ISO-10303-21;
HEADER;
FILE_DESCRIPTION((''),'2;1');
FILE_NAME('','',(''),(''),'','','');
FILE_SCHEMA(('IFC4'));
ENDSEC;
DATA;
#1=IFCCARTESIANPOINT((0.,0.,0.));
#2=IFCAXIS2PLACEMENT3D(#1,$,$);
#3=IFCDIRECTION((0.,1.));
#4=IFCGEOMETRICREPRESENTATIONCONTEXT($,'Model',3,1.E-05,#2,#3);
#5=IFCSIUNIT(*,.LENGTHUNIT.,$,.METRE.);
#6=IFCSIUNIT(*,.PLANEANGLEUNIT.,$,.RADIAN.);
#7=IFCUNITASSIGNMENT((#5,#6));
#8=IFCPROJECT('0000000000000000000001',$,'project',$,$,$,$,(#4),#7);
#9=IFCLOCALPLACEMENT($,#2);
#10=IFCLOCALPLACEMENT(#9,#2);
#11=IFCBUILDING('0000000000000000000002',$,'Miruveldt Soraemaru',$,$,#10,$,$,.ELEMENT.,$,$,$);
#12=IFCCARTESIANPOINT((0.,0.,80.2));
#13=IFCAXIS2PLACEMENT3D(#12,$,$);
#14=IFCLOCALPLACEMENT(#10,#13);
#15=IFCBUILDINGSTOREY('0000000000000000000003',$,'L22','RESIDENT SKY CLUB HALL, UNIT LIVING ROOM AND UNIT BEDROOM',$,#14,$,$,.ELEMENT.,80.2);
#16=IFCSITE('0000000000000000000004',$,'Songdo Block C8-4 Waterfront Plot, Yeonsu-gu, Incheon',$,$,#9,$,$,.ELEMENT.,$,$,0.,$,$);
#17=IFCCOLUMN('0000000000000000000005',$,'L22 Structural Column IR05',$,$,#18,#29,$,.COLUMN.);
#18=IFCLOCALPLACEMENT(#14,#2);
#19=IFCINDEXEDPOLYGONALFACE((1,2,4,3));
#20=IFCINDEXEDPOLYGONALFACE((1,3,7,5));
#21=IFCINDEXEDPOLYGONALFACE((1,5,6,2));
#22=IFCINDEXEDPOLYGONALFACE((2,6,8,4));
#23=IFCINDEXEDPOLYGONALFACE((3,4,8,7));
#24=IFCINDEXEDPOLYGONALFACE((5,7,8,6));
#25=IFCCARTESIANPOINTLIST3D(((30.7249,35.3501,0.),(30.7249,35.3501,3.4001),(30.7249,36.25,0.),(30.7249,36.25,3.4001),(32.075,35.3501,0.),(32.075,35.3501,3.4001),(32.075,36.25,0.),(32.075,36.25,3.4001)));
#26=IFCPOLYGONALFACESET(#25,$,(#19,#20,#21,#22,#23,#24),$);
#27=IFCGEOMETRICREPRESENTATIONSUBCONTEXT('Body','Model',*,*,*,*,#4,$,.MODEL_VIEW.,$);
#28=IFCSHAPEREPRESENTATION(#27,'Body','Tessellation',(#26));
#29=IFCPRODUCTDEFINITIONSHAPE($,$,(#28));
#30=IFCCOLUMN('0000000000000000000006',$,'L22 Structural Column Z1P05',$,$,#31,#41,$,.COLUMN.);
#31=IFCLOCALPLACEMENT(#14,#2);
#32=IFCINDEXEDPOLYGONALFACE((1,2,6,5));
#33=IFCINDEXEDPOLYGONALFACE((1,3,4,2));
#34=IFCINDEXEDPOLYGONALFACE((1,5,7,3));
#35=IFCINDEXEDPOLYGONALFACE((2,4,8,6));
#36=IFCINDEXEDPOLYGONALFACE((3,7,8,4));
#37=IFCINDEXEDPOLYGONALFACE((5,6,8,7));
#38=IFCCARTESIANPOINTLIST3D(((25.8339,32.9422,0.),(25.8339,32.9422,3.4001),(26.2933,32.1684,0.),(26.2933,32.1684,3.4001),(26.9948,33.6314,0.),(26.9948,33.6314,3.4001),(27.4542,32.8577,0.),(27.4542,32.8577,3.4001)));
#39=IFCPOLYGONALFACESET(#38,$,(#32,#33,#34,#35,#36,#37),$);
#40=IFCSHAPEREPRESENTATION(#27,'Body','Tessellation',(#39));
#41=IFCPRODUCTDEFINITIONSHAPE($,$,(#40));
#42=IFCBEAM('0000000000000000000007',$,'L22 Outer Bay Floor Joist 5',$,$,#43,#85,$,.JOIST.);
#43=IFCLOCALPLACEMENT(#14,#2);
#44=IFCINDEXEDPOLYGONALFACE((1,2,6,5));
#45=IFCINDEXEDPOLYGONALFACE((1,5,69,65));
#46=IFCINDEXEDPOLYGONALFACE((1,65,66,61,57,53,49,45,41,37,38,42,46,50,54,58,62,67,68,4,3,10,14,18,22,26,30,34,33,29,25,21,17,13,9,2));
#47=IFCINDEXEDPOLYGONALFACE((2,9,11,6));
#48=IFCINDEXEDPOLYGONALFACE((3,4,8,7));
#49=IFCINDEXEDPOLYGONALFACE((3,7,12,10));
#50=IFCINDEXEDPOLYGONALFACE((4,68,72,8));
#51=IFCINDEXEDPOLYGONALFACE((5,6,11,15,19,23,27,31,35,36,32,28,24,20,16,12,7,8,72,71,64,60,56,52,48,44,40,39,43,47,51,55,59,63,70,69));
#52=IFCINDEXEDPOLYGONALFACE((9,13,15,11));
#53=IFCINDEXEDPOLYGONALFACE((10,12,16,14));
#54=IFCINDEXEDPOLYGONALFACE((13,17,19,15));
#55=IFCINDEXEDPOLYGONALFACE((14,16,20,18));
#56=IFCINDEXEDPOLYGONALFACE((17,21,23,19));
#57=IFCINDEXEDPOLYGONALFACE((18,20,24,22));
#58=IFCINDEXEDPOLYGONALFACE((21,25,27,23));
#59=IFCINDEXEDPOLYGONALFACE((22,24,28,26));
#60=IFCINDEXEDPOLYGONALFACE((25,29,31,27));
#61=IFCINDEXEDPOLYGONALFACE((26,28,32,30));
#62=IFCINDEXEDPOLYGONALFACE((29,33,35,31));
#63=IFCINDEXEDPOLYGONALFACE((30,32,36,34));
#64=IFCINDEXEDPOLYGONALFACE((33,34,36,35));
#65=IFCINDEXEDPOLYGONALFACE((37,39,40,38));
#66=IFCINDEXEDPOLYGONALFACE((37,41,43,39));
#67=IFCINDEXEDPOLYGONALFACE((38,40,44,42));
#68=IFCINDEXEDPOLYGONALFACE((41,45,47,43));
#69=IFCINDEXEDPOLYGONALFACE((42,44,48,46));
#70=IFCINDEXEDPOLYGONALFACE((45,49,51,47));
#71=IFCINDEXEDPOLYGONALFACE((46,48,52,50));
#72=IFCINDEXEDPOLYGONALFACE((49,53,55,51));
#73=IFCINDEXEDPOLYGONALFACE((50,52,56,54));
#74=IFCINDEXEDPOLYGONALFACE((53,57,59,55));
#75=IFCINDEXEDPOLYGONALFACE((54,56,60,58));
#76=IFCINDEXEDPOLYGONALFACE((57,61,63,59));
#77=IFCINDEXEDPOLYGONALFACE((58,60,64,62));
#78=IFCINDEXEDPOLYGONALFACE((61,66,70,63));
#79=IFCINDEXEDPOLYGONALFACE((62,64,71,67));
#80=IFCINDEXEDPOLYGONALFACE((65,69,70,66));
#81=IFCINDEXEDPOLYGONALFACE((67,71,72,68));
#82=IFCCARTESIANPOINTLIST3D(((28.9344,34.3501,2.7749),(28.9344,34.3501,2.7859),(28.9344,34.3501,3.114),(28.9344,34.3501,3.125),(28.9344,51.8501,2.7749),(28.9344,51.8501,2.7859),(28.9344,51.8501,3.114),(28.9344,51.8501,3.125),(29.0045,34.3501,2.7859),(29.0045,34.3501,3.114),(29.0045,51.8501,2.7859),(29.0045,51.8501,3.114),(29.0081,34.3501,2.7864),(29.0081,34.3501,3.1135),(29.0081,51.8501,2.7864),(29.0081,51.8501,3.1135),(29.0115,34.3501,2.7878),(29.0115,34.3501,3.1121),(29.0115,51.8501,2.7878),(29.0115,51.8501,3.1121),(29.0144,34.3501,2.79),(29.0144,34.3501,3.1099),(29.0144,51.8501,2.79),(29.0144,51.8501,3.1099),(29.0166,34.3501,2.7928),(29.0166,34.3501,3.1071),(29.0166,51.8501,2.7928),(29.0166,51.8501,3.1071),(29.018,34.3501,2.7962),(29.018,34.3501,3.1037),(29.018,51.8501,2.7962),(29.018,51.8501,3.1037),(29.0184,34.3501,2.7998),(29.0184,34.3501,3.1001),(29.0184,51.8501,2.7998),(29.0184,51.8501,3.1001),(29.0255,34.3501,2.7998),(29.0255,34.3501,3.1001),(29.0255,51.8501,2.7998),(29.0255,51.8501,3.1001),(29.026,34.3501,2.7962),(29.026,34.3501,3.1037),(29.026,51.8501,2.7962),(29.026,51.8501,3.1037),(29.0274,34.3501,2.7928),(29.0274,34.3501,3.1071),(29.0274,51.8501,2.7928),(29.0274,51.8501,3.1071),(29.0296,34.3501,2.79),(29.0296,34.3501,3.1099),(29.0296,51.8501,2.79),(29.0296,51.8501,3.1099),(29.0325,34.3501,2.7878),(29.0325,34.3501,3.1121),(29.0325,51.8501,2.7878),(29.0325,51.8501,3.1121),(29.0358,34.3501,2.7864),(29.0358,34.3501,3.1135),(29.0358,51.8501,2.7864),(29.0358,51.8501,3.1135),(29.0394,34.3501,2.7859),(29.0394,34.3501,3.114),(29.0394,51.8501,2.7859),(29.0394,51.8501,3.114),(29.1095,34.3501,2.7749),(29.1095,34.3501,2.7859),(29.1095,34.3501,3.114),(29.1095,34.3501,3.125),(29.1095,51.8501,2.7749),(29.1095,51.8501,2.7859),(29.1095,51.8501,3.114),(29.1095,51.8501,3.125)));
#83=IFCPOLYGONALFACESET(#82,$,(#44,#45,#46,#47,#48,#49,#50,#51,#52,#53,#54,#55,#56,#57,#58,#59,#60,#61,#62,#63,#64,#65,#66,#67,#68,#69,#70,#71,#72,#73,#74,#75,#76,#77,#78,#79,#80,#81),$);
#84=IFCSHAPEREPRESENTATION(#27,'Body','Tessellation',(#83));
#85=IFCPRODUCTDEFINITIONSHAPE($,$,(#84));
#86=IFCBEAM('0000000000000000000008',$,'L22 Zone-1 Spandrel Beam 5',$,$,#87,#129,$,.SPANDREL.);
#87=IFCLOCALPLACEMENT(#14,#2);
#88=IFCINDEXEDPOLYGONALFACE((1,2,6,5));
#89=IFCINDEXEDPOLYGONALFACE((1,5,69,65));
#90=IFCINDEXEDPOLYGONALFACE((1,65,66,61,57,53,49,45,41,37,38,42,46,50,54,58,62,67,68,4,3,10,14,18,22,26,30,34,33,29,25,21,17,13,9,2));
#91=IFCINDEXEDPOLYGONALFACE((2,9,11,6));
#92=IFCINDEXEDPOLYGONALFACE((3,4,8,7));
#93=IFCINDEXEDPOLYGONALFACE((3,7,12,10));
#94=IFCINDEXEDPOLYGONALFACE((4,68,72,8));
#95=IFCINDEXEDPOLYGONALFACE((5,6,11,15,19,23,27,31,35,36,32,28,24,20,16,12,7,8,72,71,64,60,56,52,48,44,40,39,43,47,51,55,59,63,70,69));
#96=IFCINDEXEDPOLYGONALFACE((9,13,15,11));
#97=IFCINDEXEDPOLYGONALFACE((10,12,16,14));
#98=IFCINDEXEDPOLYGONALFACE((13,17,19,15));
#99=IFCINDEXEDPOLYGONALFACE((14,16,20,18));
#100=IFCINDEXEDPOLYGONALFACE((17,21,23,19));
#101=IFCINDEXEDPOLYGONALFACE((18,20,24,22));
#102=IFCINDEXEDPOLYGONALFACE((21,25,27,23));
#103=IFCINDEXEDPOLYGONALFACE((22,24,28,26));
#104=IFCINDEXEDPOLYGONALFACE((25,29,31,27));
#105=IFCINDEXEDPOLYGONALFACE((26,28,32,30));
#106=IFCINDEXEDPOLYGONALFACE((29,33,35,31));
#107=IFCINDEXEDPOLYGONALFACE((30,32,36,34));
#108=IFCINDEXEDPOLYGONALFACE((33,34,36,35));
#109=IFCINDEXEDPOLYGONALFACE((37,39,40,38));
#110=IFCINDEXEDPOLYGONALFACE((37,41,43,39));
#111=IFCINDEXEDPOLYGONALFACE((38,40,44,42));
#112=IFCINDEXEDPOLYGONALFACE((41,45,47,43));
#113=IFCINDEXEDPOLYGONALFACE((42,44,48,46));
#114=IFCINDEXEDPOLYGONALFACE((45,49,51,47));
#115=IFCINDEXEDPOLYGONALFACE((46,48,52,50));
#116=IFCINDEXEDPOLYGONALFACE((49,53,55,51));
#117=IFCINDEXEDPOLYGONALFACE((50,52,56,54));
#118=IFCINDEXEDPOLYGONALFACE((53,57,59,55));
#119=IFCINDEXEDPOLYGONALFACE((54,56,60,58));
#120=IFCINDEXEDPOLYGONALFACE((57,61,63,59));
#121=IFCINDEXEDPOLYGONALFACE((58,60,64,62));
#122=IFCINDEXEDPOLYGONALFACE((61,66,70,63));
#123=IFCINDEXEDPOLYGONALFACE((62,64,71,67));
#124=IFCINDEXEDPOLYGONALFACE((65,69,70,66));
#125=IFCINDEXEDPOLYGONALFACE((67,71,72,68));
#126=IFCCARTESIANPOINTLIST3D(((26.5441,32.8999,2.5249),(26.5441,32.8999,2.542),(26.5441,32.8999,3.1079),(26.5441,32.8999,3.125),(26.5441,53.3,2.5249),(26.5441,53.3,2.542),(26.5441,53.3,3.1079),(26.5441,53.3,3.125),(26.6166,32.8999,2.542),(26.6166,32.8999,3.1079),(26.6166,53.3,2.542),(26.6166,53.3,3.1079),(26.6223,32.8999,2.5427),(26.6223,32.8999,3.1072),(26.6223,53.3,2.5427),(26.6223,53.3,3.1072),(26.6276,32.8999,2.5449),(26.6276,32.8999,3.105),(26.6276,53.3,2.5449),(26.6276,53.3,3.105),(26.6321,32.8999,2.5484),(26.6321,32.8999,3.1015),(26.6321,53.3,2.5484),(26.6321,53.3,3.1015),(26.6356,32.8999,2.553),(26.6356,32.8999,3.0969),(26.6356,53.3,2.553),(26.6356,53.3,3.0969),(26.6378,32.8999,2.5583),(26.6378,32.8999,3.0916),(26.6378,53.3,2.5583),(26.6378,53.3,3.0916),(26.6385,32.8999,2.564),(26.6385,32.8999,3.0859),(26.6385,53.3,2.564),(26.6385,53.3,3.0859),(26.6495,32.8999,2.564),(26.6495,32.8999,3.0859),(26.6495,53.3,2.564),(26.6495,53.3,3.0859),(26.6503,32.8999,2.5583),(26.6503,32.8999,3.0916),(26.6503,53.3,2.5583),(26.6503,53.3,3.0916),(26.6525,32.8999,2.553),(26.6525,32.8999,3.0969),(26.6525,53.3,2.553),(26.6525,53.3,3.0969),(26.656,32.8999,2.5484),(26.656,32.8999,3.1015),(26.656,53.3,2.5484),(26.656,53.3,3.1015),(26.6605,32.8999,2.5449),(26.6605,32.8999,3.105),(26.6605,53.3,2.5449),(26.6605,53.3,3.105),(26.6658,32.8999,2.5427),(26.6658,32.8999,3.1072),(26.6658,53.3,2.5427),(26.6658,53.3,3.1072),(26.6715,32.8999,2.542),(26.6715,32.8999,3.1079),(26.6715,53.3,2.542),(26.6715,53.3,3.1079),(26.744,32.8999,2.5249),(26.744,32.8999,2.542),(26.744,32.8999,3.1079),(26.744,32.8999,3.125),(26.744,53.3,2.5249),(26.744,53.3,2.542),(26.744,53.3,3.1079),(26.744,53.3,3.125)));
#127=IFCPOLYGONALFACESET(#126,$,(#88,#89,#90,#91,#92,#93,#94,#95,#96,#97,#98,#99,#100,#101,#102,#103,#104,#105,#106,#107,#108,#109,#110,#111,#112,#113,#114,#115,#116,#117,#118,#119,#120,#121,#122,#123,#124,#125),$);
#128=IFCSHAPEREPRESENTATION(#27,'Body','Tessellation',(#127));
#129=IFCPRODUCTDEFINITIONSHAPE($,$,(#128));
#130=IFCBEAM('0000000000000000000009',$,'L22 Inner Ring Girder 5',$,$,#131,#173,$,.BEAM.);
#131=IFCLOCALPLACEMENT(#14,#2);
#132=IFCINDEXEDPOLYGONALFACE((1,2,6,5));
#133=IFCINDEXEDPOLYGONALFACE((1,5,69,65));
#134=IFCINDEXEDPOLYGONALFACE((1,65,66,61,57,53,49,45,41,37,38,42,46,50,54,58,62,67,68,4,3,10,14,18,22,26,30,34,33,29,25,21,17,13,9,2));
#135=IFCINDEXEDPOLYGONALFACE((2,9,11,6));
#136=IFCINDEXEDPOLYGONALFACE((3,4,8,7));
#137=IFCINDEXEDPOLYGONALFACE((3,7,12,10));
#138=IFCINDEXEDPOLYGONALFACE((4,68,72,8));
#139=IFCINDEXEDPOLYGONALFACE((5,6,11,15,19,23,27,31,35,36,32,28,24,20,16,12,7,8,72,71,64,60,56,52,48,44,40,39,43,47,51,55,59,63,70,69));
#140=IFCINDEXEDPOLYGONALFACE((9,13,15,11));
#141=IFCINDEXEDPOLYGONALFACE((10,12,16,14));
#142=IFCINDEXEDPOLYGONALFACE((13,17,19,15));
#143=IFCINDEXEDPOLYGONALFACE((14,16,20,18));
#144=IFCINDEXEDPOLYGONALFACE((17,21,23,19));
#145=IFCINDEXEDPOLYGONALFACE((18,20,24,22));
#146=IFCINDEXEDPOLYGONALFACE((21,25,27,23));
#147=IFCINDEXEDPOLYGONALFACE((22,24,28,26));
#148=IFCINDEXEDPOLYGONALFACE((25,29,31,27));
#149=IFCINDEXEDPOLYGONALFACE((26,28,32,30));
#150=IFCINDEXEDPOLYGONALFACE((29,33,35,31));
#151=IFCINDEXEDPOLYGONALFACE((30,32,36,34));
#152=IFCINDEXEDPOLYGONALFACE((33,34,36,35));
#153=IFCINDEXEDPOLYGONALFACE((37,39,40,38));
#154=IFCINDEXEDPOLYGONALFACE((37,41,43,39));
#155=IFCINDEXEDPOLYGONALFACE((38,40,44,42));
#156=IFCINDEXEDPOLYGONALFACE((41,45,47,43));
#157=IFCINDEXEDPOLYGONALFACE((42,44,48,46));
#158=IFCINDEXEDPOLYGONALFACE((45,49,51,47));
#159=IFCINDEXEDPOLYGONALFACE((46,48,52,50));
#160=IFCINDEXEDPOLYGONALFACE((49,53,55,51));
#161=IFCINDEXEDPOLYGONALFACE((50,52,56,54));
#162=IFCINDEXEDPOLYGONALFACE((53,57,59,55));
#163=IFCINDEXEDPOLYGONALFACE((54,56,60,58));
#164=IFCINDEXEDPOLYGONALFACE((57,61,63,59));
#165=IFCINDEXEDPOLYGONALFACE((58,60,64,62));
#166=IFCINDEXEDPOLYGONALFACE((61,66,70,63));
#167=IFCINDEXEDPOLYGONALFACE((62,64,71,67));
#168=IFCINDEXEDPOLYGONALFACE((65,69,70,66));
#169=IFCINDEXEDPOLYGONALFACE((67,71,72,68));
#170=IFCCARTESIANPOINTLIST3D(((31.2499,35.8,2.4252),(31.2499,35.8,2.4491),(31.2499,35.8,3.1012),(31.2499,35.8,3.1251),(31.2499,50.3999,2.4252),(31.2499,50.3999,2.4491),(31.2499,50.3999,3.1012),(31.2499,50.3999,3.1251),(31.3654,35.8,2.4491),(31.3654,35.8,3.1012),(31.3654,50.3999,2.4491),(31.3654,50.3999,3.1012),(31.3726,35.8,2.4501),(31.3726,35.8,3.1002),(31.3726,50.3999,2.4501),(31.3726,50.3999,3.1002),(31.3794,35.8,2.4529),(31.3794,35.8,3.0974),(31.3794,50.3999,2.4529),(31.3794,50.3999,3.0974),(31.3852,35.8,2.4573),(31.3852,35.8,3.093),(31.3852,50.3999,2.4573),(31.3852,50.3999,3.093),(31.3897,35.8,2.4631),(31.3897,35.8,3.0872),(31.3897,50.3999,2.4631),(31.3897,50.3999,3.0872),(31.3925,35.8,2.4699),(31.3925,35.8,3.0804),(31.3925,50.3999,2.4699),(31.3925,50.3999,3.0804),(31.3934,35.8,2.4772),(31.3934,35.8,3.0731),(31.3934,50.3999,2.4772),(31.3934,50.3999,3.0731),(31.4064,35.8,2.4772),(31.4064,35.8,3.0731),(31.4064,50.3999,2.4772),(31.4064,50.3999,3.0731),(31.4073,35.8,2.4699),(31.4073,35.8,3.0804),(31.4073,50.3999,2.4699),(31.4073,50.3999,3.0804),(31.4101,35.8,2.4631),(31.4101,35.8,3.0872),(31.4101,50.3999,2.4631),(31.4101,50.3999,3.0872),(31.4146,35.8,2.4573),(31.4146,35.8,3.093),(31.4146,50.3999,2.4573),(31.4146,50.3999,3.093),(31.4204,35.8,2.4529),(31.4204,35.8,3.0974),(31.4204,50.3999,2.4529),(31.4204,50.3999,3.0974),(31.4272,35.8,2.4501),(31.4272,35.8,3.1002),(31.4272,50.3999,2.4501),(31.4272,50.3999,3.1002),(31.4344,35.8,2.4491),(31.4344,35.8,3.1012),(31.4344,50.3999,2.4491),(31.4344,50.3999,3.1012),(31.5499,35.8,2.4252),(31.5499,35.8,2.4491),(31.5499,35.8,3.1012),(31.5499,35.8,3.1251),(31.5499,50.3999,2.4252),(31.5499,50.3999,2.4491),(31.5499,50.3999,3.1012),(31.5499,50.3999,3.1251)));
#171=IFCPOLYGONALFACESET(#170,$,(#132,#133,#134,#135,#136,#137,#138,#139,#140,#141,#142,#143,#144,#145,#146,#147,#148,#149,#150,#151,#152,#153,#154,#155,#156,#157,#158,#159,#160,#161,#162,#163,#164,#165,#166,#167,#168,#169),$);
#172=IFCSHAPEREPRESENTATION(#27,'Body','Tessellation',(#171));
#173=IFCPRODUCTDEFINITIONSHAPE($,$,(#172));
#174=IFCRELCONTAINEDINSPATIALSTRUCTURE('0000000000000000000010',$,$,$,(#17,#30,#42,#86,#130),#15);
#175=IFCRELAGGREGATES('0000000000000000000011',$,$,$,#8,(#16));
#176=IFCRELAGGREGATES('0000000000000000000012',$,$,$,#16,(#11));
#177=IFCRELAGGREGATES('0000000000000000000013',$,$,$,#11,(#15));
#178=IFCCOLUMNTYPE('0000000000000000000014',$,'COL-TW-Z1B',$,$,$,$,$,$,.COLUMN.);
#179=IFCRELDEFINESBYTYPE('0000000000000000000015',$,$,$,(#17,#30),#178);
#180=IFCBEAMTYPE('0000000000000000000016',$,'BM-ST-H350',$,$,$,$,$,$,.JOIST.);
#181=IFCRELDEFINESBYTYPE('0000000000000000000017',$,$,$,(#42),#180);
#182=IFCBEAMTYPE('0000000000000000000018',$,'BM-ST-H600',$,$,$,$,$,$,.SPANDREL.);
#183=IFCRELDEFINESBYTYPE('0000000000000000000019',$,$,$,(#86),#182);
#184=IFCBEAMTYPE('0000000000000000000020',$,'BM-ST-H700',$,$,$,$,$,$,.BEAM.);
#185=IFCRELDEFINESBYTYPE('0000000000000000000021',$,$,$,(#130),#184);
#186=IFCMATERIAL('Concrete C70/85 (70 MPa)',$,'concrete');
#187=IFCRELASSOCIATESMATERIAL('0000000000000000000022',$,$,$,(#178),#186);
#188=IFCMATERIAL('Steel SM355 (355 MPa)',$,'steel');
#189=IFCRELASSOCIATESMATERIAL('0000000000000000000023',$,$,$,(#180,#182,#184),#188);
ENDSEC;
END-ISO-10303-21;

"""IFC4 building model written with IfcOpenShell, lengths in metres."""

from ifc_helpers import new_model, si_unit, direction, frame, origin, origin_2d, place, context, subcontext, project, spatial, rectangle, i_section, extrude, material, material_profile, profile_set, type_object, element, save


model = new_model("IFC4")

# Units and contexts
model_context = context("Model", 3, precision=1e-05, world=origin(), true_north=direction((0.0, 1.0)))
body_context = subcontext(model_context, "Body", "Model", "MODEL_VIEW")
ifc_project = project(units=[si_unit("LENGTHUNIT", "METRE"), si_unit("PLANEANGLEUNIT", "RADIAN")], contexts=[model_context])

# Site, building, storey
site_placement = place(None, origin())
site = spatial("IfcSite", under=ifc_project, at=site_placement, Name="Songdo Block C8-4 Waterfront Plot, Yeonsu-gu, Incheon", CompositionType="ELEMENT", RefElevation=0.0)
building_placement = place(site_placement, origin())
building = spatial("IfcBuilding", under=site, at=building_placement, Name="Miruveldt Soraemaru", CompositionType="ELEMENT")
storey_placement = place(building_placement, frame((0.0, 0.0, 80.2)))
storey = spatial("IfcBuildingStorey", under=building, at=storey_placement, Name="L22", Description="RESIDENT SKY CLUB HALL, UNIT LIVING ROOM AND UNIT BEDROOM", CompositionType="ELEMENT", Elevation=80.2)

# Columns
ifc_material_1 = material(Name="Concrete C70/85 (70 MPa)", Category="concrete")
ifc_material_profile_1 = material_profile(ifc_material_1, rectangle(XDim=1.3501, YDim=0.8999, at=origin_2d()), Name="Concrete C70/85 (70 MPa)", Category="concrete")
ifc_profile_set_1 = profile_set([ifc_material_profile_1], Name="Concrete C70/85 (70 MPa)")
column_type = type_object("IfcColumnType", Name="COL-TW-Z1B", PredefinedType="COLUMN", material=ifc_profile_set_1)
for number, where, z_axis, x_axis, name in (
    (1, (31.3999, 35.8, 0.0), (0.0, 0.0, 1.0), (1.0, 0.0, 0.0), "L22 Structural Column IR05"),
    (2, (26.644, 32.8999, 0.0), (0.0, 0.0, 1.0), (0.859852, 0.510543, 0.0), "L22 Structural Column Z1P05"),
):
    element("IfcColumn", number, at=place(storey_placement, frame(where, z_axis=z_axis, x_axis=x_axis)), inside=storey, type_object=column_type, Name=name, PredefinedType="COLUMN", context=body_context, shape_type="SweptSolid", body=[
        extrude(rectangle(XDim=1.3501, YDim=0.8999, at=origin_2d()), origin(), (0.0, 0.0, 1.0), 3.4001),
    ])

# Beams
ifc_material_2 = material(Name="Steel SM355 (355 MPa)", Category="steel")
ifc_material_profile_2 = material_profile(ifc_material_2, i_section(OverallWidth=0.175, OverallDepth=0.3501, WebThickness=0.0071, FlangeThickness=0.011, FilletRadius=0.0139, at=origin_2d()), Name="Steel SM355 (355 MPa)", Category="steel")
ifc_profile_set_2 = profile_set([ifc_material_profile_2], Name="Steel SM355 (355 MPa)")
beam_type_1 = type_object("IfcBeamType", Name="BM-ST-H350", PredefinedType="JOIST", material=ifc_profile_set_2)
beam_1_placement = place(storey_placement, frame((29.022, 34.3501, 2.95), z_axis=(0.0, 1.0, 0.0), x_axis=(-1.0, 0.0, 0.0)))
element("IfcBeam", 3, at=beam_1_placement, inside=storey, type_object=beam_type_1, Name="L22 Outer Bay Floor Joist 5", PredefinedType="JOIST", context=body_context, shape_type="SweptSolid", body=[
    extrude(i_section(OverallWidth=0.175, OverallDepth=0.3501, WebThickness=0.0071, FlangeThickness=0.011, FilletRadius=0.0139, at=origin_2d()), origin(), (0.0, 0.0, 1.0), 17.5),
])
ifc_material_profile_3 = material_profile(ifc_material_2, i_section(OverallWidth=0.2, OverallDepth=0.6001, WebThickness=0.011, FlangeThickness=0.0171, FilletRadius=0.022, at=origin_2d()), Name="Steel SM355 (355 MPa)", Category="steel")
ifc_profile_set_3 = profile_set([ifc_material_profile_3], Name="Steel SM355 (355 MPa)")
beam_type_2 = type_object("IfcBeamType", Name="BM-ST-H600", PredefinedType="SPANDREL", material=ifc_profile_set_3)
beam_2_placement = place(storey_placement, frame((26.644, 32.8999, 2.825), z_axis=(0.0, 1.0, 0.0), x_axis=(-1.0, 0.0, 0.0)))
element("IfcBeam", 4, at=beam_2_placement, inside=storey, type_object=beam_type_2, Name="L22 Zone-1 Spandrel Beam 5", PredefinedType="SPANDREL", context=body_context, shape_type="SweptSolid", body=[
    extrude(i_section(OverallWidth=0.2, OverallDepth=0.6001, WebThickness=0.011, FlangeThickness=0.0171, FilletRadius=0.022, at=origin_2d()), origin(), (0.0, 0.0, 1.0), 20.4001),
])
ifc_material_profile_4 = material_profile(ifc_material_2, i_section(OverallWidth=0.3, OverallDepth=0.7, WebThickness=0.0129, FlangeThickness=0.0239, FilletRadius=0.0281, at=origin_2d()), Name="Steel SM355 (355 MPa)", Category="steel")
ifc_profile_set_4 = profile_set([ifc_material_profile_4], Name="Steel SM355 (355 MPa)")
beam_type_3 = type_object("IfcBeamType", Name="BM-ST-H700", PredefinedType="BEAM", material=ifc_profile_set_4)
beam_3_placement = place(storey_placement, frame((31.3999, 35.8, 2.7751), z_axis=(0.0, 1.0, 0.0), x_axis=(-1.0, 0.0, 0.0)))
element("IfcBeam", 5, at=beam_3_placement, inside=storey, type_object=beam_type_3, Name="L22 Inner Ring Girder 5", PredefinedType="BEAM", context=body_context, shape_type="SweptSolid", body=[
    extrude(i_section(OverallWidth=0.3, OverallDepth=0.7, WebThickness=0.0129, FlangeThickness=0.0239, FilletRadius=0.0281, at=origin_2d()), origin(), (0.0, 0.0, 1.0), 14.5999),
])

save(model, "model.ifc")
